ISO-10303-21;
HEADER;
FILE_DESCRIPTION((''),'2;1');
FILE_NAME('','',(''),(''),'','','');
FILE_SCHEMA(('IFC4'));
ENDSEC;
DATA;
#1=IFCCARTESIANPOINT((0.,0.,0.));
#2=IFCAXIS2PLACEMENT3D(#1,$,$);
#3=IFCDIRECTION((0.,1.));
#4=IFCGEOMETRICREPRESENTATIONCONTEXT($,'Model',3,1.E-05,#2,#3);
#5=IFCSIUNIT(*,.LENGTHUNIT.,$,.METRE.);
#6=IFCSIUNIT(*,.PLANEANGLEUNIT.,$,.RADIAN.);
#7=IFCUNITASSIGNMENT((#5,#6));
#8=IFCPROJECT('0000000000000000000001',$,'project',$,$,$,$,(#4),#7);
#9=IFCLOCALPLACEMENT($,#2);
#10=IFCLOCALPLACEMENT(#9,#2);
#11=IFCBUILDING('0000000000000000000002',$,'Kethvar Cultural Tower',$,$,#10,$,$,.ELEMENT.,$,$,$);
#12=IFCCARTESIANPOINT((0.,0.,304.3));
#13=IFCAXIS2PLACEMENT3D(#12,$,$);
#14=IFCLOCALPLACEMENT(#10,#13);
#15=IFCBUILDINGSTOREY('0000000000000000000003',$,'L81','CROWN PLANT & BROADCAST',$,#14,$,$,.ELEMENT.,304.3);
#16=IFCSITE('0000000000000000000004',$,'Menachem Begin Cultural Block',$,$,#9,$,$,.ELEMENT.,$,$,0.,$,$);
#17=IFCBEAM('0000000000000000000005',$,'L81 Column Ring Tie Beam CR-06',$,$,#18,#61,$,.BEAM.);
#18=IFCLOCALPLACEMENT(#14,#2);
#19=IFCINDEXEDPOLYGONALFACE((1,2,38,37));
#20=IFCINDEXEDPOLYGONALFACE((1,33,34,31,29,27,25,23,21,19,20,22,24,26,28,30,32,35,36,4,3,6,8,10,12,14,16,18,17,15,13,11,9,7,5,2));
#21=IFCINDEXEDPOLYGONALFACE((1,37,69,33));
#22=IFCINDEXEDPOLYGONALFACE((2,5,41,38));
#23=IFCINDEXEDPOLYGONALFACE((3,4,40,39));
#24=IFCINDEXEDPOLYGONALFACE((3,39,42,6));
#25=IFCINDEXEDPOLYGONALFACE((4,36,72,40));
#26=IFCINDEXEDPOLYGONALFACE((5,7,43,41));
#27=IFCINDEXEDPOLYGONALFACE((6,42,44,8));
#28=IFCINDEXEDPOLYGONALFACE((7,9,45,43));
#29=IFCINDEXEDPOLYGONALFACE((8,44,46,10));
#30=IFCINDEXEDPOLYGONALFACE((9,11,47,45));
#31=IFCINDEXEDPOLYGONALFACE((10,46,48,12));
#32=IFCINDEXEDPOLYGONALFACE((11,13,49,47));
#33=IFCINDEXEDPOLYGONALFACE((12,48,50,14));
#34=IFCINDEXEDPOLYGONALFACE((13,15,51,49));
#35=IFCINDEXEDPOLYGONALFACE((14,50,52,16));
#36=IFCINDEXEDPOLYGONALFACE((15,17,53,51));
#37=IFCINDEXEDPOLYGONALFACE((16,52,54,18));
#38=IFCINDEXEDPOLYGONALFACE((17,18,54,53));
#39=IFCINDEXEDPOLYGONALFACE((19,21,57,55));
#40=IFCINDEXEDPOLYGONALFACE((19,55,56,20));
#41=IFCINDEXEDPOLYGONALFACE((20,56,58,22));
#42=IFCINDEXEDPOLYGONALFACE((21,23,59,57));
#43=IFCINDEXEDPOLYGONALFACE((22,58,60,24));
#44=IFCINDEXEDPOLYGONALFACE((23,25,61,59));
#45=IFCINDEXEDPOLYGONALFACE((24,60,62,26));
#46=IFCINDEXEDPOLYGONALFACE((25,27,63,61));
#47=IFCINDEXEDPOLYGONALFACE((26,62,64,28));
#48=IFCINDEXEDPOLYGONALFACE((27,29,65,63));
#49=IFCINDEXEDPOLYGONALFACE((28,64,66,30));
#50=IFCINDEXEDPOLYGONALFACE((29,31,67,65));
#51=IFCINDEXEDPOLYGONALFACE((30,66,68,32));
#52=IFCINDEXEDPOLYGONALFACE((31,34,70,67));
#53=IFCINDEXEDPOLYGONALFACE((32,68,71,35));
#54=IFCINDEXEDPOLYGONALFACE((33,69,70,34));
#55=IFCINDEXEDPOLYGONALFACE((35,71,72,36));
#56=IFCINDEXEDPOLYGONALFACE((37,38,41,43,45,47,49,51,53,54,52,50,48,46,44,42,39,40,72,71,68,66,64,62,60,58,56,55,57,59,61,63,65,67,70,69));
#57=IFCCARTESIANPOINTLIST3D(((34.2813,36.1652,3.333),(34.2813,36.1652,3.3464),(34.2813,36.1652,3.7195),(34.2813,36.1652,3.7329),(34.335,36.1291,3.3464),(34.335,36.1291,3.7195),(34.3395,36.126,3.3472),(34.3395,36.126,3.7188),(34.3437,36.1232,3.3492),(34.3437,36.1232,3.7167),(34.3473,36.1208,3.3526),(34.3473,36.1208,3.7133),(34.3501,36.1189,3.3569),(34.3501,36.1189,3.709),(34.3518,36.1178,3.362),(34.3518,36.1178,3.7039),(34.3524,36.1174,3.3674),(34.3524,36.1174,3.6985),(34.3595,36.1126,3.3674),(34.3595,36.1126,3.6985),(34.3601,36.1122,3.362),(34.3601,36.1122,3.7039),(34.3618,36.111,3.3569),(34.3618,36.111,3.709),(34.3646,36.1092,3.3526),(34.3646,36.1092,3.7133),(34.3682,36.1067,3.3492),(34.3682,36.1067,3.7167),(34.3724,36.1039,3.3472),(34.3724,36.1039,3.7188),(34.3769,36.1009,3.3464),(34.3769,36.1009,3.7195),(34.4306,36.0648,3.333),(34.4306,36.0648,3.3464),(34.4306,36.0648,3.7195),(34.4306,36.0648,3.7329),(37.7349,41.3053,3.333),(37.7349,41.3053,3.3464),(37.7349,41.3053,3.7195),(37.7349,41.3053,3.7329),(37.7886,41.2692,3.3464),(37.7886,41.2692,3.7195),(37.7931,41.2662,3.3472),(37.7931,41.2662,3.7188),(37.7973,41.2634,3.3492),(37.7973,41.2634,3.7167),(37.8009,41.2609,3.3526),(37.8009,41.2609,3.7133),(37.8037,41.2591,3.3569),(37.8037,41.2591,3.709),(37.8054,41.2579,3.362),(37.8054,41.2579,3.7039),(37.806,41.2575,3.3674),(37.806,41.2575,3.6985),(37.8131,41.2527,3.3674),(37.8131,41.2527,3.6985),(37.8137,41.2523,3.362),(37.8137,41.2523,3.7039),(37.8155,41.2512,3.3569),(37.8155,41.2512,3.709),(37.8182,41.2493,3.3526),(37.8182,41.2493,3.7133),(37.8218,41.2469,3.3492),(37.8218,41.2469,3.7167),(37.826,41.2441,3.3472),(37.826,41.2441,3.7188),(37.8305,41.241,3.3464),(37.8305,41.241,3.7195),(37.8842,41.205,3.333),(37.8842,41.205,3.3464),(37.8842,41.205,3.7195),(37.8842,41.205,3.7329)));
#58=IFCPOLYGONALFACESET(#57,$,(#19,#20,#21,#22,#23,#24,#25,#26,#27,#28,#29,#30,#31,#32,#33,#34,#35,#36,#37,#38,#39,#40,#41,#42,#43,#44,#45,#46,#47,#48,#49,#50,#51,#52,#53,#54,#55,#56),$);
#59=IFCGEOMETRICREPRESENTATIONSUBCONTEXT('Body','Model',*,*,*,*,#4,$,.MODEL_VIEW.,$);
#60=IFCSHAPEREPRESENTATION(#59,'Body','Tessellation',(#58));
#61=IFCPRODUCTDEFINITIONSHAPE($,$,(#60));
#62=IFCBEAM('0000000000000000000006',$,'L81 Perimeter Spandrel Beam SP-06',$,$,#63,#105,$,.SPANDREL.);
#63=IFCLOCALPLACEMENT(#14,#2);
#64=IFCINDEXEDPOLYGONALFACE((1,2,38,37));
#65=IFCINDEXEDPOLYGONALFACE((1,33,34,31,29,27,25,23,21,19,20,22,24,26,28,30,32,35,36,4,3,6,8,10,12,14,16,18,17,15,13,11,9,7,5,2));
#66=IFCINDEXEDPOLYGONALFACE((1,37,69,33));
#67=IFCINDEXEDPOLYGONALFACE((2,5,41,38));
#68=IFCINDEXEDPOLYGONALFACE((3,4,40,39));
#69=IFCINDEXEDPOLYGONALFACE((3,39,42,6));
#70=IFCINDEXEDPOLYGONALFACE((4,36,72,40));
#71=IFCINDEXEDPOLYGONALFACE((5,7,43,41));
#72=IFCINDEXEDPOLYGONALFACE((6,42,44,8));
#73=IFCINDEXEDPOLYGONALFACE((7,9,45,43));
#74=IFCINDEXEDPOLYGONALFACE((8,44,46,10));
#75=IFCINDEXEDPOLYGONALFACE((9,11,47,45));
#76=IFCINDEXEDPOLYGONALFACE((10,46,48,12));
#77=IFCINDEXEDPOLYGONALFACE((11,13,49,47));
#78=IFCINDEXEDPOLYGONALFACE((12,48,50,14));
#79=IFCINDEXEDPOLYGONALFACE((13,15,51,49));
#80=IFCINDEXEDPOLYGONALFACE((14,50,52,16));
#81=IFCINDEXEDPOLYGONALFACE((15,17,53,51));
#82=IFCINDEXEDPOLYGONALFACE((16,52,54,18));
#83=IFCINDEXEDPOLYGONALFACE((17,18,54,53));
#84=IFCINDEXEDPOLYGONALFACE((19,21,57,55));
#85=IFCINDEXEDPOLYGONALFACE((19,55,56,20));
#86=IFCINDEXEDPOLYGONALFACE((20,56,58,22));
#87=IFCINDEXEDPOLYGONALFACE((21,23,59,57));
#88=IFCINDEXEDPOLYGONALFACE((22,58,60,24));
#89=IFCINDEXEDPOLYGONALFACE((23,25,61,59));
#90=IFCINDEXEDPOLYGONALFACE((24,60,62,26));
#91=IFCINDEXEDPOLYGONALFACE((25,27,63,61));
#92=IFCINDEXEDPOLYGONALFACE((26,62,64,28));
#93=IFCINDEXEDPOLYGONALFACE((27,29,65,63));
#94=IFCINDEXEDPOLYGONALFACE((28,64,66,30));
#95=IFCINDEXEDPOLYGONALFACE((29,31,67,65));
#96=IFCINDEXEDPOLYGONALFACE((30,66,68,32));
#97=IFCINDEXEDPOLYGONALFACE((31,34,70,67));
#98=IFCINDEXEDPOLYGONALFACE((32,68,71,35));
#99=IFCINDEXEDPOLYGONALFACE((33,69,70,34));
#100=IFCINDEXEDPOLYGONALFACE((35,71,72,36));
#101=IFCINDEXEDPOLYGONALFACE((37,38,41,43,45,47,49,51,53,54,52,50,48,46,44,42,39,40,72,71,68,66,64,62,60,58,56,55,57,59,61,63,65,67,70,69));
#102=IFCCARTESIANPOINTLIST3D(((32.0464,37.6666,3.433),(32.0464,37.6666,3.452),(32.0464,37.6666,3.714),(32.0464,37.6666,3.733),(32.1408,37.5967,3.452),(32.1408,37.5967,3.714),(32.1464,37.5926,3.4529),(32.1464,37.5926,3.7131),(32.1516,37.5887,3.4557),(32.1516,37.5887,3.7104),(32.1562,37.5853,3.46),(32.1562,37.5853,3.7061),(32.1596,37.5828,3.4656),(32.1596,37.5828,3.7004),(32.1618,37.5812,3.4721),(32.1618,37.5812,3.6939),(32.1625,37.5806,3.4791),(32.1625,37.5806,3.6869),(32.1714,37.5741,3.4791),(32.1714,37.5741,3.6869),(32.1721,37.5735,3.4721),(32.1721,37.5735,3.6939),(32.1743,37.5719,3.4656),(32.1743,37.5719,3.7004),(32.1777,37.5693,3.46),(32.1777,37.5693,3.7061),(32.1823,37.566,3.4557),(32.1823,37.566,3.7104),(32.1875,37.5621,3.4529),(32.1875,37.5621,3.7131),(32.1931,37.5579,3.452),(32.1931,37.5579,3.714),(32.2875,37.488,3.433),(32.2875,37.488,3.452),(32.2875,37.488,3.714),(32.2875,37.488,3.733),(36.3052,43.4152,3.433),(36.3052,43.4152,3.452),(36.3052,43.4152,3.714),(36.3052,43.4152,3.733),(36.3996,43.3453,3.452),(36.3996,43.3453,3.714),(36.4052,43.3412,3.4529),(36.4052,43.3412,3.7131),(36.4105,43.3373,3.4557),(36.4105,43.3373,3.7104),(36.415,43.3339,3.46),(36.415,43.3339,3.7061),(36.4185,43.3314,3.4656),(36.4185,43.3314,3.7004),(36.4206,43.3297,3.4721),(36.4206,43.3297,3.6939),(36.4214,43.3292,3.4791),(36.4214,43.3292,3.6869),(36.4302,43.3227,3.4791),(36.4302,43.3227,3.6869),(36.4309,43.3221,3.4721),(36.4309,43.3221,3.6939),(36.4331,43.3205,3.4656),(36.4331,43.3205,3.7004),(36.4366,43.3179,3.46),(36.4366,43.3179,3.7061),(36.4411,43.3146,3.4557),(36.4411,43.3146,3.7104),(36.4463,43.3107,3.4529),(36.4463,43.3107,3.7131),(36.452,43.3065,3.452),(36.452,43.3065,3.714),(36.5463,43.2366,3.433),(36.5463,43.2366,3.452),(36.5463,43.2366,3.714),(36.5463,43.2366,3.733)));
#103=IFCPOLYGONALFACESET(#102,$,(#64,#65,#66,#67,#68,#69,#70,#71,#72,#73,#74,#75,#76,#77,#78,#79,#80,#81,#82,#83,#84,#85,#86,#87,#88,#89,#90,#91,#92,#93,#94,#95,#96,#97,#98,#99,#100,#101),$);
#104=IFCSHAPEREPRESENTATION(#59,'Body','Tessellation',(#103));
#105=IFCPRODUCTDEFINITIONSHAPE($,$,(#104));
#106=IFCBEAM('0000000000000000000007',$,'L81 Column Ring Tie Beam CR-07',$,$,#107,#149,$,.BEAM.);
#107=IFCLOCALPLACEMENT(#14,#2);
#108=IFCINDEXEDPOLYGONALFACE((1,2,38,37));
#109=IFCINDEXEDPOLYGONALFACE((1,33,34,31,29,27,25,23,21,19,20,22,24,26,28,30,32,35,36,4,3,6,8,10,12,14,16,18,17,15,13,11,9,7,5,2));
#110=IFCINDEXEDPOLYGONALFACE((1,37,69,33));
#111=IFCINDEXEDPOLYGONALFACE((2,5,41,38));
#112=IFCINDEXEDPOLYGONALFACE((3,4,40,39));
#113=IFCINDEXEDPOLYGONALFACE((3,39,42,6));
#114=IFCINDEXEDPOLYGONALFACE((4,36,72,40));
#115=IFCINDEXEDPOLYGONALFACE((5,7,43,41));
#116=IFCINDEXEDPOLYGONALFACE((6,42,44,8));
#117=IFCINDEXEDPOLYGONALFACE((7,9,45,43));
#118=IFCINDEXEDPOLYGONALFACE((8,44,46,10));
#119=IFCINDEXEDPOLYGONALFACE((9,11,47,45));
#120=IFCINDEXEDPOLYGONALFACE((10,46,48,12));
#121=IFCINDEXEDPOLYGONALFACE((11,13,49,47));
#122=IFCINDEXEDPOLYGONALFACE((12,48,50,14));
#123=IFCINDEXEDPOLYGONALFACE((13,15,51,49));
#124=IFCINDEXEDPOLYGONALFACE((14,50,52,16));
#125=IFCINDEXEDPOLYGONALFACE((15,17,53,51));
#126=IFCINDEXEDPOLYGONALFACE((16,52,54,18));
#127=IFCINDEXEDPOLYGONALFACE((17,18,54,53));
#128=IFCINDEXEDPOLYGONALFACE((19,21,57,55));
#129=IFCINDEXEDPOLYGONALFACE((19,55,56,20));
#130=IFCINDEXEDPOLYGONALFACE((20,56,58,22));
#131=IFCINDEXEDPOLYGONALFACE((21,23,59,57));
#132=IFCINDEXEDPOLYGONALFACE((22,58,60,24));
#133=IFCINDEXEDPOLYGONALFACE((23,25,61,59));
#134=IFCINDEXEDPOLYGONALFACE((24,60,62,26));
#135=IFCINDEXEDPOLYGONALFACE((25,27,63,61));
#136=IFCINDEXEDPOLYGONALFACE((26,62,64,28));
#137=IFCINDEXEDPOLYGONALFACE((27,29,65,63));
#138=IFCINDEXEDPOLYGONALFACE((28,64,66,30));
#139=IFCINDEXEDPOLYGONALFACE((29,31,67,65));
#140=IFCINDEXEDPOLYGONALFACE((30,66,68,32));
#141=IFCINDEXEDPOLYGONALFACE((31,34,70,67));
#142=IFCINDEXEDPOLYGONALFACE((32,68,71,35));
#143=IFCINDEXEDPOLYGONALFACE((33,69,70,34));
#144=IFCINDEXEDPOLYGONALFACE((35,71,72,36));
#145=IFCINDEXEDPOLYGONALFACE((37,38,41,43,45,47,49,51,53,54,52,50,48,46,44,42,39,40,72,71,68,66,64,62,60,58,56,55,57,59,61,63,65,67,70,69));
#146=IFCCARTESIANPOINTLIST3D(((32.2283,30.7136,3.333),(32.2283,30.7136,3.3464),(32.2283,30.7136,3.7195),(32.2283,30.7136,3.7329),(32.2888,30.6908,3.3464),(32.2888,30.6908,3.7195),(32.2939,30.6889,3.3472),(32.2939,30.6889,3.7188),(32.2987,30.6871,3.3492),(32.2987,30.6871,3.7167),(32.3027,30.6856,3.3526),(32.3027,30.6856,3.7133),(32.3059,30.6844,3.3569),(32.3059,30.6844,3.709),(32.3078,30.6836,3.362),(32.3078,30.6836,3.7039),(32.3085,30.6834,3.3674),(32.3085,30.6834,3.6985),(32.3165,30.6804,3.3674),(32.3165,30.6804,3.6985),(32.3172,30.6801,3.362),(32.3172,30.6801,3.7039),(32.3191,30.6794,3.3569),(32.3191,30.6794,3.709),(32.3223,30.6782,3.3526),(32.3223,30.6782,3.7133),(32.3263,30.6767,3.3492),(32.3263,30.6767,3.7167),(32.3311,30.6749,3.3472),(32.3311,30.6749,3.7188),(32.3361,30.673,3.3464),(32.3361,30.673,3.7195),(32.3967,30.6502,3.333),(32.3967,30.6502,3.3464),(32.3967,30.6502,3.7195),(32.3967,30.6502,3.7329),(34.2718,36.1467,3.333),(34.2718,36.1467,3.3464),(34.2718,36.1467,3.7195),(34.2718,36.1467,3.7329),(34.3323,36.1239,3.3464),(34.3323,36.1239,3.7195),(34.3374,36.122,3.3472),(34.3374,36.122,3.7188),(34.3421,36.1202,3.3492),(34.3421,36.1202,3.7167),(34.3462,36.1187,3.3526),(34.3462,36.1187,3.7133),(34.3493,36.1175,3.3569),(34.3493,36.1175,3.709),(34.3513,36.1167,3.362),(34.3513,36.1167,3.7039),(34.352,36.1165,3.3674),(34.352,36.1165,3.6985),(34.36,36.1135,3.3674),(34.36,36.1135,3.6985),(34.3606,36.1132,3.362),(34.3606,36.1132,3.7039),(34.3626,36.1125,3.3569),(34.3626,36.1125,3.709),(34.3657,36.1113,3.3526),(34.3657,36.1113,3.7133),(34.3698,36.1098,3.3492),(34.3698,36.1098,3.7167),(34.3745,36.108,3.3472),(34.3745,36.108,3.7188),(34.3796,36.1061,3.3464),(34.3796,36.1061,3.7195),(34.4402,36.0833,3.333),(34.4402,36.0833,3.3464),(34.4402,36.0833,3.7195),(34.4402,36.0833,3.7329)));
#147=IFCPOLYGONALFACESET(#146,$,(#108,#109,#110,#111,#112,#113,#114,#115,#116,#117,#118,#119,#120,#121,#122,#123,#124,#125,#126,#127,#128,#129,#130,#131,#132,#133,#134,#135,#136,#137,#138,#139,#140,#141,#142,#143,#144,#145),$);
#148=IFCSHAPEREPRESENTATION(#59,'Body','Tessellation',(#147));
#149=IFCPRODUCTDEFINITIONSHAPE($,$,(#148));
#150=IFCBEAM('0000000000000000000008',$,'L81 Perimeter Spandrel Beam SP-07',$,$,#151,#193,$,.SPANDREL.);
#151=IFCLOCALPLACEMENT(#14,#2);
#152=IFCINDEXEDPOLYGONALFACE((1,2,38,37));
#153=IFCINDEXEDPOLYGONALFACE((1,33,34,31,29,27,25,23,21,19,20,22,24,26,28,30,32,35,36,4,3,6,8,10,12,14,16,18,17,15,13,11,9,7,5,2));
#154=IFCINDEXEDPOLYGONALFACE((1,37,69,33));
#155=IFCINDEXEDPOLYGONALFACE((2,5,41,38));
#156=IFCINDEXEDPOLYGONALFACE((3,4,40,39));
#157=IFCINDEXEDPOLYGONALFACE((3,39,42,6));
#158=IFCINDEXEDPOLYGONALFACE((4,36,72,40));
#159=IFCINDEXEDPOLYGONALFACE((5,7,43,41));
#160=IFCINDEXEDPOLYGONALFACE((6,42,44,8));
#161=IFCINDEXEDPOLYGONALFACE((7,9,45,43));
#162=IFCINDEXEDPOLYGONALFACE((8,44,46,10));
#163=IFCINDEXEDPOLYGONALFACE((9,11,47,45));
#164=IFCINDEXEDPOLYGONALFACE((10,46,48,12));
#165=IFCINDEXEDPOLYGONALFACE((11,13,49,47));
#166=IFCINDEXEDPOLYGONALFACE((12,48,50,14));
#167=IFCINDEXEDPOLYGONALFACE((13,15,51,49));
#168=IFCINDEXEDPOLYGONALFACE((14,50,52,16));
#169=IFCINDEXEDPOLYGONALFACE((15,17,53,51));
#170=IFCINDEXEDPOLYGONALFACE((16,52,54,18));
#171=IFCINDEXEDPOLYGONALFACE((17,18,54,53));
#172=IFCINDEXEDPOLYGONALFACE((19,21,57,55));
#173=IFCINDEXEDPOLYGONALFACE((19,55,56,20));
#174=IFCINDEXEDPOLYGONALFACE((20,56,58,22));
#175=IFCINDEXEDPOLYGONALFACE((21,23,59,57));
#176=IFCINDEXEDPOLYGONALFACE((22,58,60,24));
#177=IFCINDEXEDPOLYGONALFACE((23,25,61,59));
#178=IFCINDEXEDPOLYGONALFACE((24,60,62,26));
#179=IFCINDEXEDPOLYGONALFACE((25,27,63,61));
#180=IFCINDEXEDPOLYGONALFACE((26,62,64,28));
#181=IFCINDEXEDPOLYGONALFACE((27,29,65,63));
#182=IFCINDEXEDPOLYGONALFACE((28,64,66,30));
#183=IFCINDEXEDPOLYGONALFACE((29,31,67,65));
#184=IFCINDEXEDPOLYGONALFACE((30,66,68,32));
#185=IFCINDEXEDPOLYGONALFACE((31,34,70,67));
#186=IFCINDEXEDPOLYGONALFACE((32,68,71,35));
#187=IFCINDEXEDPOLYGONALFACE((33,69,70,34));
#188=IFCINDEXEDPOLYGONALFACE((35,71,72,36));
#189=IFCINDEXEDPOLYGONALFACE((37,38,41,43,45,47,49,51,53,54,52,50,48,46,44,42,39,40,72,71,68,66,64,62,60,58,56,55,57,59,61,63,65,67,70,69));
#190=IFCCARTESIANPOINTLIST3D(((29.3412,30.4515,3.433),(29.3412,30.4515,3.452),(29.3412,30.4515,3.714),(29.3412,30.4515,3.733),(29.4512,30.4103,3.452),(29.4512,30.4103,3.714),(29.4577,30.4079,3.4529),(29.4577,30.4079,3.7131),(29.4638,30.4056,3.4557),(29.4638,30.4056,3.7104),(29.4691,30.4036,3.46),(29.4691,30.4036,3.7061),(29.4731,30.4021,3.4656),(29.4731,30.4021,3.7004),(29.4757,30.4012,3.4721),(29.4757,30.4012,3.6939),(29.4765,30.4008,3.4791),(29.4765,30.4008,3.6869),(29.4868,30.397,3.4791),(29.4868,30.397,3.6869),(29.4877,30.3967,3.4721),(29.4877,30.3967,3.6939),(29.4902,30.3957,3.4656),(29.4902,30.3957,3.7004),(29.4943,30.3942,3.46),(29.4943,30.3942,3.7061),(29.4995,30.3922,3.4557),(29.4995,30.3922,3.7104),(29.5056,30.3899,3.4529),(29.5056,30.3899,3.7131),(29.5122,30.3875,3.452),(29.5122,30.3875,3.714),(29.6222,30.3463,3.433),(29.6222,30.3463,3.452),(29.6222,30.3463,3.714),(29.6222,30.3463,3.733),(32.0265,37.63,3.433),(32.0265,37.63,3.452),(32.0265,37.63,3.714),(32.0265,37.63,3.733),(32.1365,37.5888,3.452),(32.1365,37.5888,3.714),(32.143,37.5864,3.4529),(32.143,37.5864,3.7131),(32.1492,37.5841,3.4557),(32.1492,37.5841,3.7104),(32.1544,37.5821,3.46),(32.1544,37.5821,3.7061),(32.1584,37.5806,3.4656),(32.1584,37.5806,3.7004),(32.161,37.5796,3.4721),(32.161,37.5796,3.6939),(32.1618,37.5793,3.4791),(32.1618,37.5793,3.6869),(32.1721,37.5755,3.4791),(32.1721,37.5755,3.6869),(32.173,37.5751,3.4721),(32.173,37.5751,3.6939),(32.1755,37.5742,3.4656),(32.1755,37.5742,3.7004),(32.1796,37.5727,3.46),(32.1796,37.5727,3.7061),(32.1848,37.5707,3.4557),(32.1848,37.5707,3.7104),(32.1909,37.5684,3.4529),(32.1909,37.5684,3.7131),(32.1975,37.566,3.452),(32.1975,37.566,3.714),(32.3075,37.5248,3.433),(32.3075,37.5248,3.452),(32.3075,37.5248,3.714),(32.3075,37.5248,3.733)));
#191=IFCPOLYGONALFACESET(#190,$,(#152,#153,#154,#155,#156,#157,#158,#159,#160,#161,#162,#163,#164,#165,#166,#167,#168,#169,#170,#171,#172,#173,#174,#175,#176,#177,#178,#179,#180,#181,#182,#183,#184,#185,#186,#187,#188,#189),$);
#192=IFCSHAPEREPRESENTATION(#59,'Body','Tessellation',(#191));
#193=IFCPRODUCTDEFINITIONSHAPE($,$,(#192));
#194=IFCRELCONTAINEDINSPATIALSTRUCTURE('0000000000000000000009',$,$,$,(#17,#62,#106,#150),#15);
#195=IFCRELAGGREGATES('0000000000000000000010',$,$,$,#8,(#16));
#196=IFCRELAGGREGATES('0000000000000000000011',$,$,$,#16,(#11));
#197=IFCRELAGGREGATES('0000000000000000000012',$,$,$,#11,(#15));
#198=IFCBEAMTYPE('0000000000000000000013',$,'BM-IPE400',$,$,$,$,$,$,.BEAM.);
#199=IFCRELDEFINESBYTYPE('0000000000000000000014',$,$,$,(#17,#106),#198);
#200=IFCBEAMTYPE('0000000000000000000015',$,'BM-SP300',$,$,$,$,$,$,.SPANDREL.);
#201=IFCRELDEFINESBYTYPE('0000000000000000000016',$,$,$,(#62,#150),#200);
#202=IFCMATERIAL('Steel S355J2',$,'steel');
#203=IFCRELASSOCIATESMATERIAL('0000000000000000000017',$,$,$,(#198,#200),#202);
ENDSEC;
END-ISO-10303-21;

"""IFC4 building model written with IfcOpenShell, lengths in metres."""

from ifc_helpers import new_model, si_unit, direction, frame, origin, origin_2d, place, context, subcontext, project, spatial, i_section, extrude, source, transform, mapped, material, material_profile, profile_set, type_object, element, save


model = new_model("IFC4")

# Units and contexts
model_context = context("Model", 3, precision=1e-05, world=origin(), true_north=direction((0.0, 1.0)))
body_context = subcontext(model_context, "Body", "Model", "MODEL_VIEW")
ifc_project = project(units=[si_unit("LENGTHUNIT", "METRE"), si_unit("PLANEANGLEUNIT", "RADIAN")], contexts=[model_context])

# Site, building, storey
site_placement = place(None, origin())
site = spatial("IfcSite", under=ifc_project, at=site_placement, Name="Menachem Begin Cultural Block", CompositionType="ELEMENT", RefElevation=0.0)
building_placement = place(site_placement, origin())
building = spatial("IfcBuilding", under=site, at=building_placement, Name="Kethvar Cultural Tower", CompositionType="ELEMENT")
storey_placement = place(building_placement, frame((0.0, 0.0, 304.3)))
storey = spatial("IfcBuildingStorey", under=building, at=storey_placement, Name="L81", Description="CROWN PLANT & BROADCAST", CompositionType="ELEMENT", Elevation=304.3)

# Shared definitions
ifc_material_1 = material(Name="Steel S355J2", Category="steel")

# Beams
ifc_material_profile_1 = material_profile(ifc_material_1, i_section(OverallWidth=0.1799, OverallDepth=0.3999, WebThickness=0.0085, FlangeThickness=0.0134, FilletRadius=0.021, at=origin_2d()), Name="Steel S355J2 — IPE400")
ifc_profile_set_1 = profile_set([ifc_material_profile_1], Name="Steel S355J2 — IPE400")
beam_type_1 = type_object("IfcBeamType", Name="BM-IPE400", PredefinedType="BEAM", material=ifc_profile_set_1)
shared_shape_1 = source(origin(), body_context, "Body", "SweptSolid", [
    extrude(i_section(OverallWidth=0.1799, OverallDepth=0.3999, WebThickness=0.0085, FlangeThickness=0.0134, FilletRadius=0.021, at=origin_2d()), origin(), (0.0, 0.0, 1.0), 6.1926),
])
beam_1_placement = place(storey_placement, frame((37.8096, 41.2551, 3.533), z_axis=(-0.557699, -0.830043, 0.0), x_axis=(0.830043, -0.557699, 0.0)))
element("IfcBeam", 1, at=beam_1_placement, inside=storey, type_object=beam_type_1, Name="L81 Column Ring Tie Beam CR-06", PredefinedType="BEAM", context=body_context, shape_type="MappedRepresentation", body=[
    mapped(shared_shape_1, transform((0.0, 0.0, 0.0), scale=1.0)),
])
ifc_material_profile_2 = material_profile(ifc_material_1, i_section(OverallWidth=0.3, OverallDepth=0.3, WebThickness=0.011, FlangeThickness=0.019, FilletRadius=0.0271, at=origin_2d()), Name="Steel S355J2 — HEB300")
ifc_profile_set_2 = profile_set([ifc_material_profile_2], Name="Steel S355J2 — HEB300")
beam_type_2 = type_object("IfcBeamType", Name="BM-SP300", PredefinedType="SPANDREL", material=ifc_profile_set_2)
shared_shape_2 = source(origin(), body_context, "Body", "SweptSolid", [
    extrude(i_section(OverallWidth=0.3, OverallDepth=0.3, WebThickness=0.011, FlangeThickness=0.019, FilletRadius=0.0271, at=origin_2d()), origin(), (0.0, 0.0, 1.0), 7.1543),
])
beam_2_placement = place(storey_placement, frame((36.4258, 43.3259, 3.583), z_axis=(-0.595283, -0.803516, 0.0), x_axis=(0.803516, -0.595283, 0.0)))
element("IfcBeam", 2, at=beam_2_placement, inside=storey, type_object=beam_type_2, Name="L81 Perimeter Spandrel Beam SP-06", PredefinedType="SPANDREL", context=body_context, shape_type="MappedRepresentation", body=[
    mapped(shared_shape_2, transform((0.0, 0.0, 0.0), scale=1.0)),
])
shared_shape_3 = source(origin(), body_context, "Body", "SweptSolid", [
    extrude(i_section(OverallWidth=0.1799, OverallDepth=0.3999, WebThickness=0.0085, FlangeThickness=0.0134, FilletRadius=0.021, at=origin_2d()), origin(), (0.0, 0.0, 1.0), 5.8047),
])
beam_3_placement = place(storey_placement, frame((34.356, 36.115, 3.533), z_axis=(-0.352036, -0.935986, 0.0), x_axis=(0.935986, -0.352036, 0.0)))
element("IfcBeam", 3, at=beam_3_placement, inside=storey, type_object=beam_type_1, Name="L81 Column Ring Tie Beam CR-07", PredefinedType="BEAM", context=body_context, shape_type="MappedRepresentation", body=[
    mapped(shared_shape_3, transform((0.0, 0.0, 0.0), scale=1.0)),
])
shared_shape_4 = source(origin(), body_context, "Body", "SweptSolid", [
    extrude(i_section(OverallWidth=0.3, OverallDepth=0.3, WebThickness=0.011, FlangeThickness=0.019, FilletRadius=0.0271, at=origin_2d()), origin(), (0.0, 0.0, 1.0), 7.6643),
])
beam_4_placement = place(storey_placement, frame((32.167, 37.5774, 3.583), z_axis=(-0.350366, -0.936613, 0.0), x_axis=(0.936613, -0.350366, 0.0)))
element("IfcBeam", 4, at=beam_4_placement, inside=storey, type_object=beam_type_2, Name="L81 Perimeter Spandrel Beam SP-07", PredefinedType="SPANDREL", context=body_context, shape_type="MappedRepresentation", body=[
    mapped(shared_shape_4, transform((0.0, 0.0, 0.0), scale=1.0)),
])

save(model, "model.ifc")
